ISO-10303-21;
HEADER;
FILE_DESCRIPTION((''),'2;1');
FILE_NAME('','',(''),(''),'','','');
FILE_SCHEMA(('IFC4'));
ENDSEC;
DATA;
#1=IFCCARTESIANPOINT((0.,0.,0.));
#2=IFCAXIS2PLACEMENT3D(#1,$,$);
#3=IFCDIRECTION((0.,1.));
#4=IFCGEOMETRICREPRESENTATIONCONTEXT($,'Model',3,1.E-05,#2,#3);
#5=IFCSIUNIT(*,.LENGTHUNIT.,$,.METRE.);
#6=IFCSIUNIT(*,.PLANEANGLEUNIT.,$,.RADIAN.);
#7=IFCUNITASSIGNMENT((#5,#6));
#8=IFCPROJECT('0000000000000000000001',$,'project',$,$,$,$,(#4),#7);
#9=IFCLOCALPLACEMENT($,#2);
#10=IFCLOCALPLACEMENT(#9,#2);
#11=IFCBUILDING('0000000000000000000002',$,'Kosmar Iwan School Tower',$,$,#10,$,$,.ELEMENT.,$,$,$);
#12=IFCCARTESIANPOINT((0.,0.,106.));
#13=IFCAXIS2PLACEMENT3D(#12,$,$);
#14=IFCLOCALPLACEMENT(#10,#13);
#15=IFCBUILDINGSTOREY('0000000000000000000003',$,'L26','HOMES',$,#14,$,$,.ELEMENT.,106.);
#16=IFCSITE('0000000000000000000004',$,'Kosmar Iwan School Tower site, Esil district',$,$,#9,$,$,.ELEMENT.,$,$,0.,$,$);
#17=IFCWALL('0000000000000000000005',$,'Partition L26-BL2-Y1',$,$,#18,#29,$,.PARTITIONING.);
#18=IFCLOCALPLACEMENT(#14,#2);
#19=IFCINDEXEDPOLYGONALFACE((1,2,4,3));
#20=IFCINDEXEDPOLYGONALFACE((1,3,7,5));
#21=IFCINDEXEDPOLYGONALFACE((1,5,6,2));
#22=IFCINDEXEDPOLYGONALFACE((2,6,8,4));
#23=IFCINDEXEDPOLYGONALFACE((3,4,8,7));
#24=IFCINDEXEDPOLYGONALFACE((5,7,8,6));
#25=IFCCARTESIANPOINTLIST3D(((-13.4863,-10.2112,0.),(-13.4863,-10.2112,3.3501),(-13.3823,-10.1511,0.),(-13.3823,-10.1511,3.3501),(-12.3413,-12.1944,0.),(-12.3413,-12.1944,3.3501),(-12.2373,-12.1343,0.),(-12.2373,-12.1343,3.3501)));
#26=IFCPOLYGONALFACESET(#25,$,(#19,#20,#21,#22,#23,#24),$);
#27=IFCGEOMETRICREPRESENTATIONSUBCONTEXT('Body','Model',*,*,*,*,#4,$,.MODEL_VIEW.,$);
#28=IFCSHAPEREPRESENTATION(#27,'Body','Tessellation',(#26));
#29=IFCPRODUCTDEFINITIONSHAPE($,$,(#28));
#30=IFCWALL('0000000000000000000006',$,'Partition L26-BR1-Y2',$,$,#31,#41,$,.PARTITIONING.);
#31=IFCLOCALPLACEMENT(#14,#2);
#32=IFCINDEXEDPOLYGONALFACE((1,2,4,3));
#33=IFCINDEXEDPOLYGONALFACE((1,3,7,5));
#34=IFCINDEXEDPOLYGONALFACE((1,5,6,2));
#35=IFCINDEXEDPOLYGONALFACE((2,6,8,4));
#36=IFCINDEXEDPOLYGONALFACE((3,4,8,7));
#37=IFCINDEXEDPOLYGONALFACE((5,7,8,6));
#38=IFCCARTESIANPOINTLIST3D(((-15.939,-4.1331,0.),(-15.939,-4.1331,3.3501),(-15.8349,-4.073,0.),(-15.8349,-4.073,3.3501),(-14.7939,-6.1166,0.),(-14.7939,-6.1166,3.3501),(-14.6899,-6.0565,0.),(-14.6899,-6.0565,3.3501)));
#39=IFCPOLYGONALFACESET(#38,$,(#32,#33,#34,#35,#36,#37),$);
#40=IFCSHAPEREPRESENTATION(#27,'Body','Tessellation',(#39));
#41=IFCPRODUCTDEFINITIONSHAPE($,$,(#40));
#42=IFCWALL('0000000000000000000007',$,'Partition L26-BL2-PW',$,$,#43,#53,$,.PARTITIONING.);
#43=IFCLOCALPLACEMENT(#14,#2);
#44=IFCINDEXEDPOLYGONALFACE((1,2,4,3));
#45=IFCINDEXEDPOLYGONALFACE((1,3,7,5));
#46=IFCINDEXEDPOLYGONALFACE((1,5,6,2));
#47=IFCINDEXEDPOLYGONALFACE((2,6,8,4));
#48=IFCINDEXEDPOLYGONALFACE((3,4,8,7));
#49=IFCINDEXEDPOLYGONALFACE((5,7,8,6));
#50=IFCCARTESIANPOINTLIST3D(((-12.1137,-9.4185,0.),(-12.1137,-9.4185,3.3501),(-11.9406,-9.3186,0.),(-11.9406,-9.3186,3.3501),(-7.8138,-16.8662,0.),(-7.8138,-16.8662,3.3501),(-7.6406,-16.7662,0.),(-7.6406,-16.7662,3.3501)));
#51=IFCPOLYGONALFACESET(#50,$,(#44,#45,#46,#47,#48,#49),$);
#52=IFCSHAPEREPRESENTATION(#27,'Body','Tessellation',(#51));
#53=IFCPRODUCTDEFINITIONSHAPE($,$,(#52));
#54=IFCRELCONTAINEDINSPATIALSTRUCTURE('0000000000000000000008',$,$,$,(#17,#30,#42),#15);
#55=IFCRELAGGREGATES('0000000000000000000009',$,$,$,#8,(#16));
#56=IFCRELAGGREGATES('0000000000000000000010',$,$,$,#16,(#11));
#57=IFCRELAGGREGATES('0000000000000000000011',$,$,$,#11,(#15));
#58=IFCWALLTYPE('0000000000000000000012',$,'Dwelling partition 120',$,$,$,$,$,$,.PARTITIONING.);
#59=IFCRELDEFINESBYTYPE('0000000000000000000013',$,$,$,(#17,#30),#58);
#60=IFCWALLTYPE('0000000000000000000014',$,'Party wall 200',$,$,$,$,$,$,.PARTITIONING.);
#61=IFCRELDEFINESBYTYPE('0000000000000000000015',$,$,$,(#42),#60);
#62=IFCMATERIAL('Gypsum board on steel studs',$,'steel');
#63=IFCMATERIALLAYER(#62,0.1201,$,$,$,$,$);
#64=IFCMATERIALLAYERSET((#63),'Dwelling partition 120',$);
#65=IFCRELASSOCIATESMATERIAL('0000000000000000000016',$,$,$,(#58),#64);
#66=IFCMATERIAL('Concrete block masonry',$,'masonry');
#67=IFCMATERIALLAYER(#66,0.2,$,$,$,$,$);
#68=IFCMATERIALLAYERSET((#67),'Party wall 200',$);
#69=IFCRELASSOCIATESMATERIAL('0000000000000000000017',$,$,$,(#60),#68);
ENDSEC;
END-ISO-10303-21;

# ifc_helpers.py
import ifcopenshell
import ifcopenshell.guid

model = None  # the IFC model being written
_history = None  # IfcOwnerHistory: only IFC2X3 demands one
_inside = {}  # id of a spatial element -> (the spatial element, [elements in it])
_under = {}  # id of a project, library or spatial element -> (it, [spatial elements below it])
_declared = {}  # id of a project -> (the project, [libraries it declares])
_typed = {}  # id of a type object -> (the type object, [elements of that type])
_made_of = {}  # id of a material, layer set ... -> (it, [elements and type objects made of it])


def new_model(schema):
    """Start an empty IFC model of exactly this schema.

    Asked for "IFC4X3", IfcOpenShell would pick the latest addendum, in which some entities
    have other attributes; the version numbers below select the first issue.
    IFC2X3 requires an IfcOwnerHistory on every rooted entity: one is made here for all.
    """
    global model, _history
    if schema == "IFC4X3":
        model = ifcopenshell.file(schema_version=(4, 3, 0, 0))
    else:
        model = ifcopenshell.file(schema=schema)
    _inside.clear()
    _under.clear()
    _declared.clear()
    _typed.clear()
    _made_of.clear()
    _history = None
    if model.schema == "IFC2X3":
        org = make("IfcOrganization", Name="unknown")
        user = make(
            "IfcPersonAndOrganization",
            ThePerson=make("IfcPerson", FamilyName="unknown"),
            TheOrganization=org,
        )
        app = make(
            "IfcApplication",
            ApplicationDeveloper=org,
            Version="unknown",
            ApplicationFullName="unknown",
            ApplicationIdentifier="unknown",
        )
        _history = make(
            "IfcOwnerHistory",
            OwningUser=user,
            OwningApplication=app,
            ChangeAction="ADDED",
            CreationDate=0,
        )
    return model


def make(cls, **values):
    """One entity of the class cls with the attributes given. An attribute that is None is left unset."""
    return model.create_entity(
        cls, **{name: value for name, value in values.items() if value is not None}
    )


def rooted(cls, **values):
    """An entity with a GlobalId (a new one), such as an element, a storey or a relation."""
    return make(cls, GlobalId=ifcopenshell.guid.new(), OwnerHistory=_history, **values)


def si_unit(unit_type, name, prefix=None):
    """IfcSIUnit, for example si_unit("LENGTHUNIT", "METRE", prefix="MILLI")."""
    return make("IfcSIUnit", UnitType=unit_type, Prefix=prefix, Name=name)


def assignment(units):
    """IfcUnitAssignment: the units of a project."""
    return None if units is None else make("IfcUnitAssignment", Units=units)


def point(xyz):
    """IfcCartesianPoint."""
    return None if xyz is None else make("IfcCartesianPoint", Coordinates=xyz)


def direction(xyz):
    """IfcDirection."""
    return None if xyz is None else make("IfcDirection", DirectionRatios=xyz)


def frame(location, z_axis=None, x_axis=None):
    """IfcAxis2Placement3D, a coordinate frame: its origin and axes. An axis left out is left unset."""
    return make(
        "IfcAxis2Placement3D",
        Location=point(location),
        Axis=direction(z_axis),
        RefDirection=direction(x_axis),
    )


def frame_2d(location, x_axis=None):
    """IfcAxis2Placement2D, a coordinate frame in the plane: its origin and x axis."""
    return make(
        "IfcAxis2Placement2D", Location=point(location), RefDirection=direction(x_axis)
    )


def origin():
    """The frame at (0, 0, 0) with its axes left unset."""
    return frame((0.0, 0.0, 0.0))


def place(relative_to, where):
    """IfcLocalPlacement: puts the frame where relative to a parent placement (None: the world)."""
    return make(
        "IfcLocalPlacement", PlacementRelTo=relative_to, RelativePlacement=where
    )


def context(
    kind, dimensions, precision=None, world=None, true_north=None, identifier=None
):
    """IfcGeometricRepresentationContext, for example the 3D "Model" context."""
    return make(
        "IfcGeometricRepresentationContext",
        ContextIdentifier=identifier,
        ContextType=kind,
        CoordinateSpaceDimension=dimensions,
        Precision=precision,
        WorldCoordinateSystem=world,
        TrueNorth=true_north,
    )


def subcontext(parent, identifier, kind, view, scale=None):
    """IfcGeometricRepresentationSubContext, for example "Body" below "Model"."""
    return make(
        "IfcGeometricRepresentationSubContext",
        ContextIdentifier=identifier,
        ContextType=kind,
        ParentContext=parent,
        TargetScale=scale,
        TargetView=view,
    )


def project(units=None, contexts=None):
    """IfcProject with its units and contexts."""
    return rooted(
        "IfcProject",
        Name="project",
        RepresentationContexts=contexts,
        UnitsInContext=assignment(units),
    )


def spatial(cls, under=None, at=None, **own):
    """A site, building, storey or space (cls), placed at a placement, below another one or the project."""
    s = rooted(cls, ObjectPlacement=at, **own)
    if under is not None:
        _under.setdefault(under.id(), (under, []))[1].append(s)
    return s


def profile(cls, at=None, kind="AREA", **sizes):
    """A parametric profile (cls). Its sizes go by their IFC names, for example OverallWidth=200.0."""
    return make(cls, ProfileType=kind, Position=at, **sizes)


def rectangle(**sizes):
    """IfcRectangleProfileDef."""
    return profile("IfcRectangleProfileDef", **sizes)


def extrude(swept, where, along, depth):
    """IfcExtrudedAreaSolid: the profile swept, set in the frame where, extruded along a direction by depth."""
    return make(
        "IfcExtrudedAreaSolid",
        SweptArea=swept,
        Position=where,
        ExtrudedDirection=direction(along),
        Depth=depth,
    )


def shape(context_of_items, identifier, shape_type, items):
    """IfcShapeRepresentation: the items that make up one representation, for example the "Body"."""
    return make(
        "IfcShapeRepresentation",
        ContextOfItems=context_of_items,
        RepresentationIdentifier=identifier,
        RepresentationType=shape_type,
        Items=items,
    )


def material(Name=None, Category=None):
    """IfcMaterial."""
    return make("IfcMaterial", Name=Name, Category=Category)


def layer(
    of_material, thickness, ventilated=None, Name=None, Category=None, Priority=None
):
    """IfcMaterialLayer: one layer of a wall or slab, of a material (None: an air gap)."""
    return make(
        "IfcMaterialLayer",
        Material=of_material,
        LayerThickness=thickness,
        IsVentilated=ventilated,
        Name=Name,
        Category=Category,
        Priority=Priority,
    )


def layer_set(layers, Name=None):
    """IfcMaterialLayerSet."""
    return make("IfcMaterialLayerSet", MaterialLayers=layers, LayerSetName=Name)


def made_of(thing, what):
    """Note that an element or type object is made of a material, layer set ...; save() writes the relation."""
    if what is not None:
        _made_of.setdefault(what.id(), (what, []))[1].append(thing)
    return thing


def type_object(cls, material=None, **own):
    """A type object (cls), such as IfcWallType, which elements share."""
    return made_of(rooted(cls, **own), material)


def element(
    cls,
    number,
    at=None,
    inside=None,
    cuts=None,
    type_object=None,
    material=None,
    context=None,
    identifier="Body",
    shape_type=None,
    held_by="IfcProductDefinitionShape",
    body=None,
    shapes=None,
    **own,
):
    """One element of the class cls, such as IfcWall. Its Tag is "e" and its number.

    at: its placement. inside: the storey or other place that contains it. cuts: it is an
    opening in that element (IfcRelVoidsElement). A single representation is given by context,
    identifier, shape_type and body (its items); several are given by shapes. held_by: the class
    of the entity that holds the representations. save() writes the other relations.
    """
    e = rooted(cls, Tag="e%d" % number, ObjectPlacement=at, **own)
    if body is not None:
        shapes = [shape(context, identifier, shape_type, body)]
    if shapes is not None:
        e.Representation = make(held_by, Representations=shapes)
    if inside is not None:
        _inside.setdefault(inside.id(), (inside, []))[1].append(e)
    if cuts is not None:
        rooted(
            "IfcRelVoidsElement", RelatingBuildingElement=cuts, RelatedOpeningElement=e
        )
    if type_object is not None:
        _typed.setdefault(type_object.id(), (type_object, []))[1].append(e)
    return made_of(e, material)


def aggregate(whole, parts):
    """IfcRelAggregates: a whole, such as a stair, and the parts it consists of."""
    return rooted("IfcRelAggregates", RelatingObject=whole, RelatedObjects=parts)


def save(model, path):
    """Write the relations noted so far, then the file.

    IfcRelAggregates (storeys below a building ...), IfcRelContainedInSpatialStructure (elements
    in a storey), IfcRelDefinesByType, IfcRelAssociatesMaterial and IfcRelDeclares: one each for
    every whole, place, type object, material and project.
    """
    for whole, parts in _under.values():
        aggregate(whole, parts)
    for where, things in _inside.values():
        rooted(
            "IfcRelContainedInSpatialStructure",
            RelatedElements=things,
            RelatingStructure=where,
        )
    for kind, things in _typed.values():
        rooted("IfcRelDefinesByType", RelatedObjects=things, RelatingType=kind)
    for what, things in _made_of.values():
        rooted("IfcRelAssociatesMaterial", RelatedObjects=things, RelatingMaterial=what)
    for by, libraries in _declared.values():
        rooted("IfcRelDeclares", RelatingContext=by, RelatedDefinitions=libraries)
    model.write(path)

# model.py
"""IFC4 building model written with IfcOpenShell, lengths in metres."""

from ifc_helpers import new_model, si_unit, direction, frame, frame_2d, origin, place, context, subcontext, project, spatial, rectangle, extrude, material, layer, layer_set, type_object, element, save


model = new_model("IFC4")

# Units and contexts
model_context = context("Model", 3, precision=1e-05, world=origin(), true_north=direction((0.0, 1.0)))
body_context = subcontext(model_context, "Body", "Model", "MODEL_VIEW")
ifc_project = project(units=[si_unit("LENGTHUNIT", "METRE"), si_unit("PLANEANGLEUNIT", "RADIAN")], contexts=[model_context])

# Site, building, storey
site_placement = place(None, origin())
site = spatial("IfcSite", under=ifc_project, at=site_placement, Name="Kosmar Iwan School Tower site, Esil district", CompositionType="ELEMENT", RefElevation=0.0)
building_placement = place(site_placement, origin())
building = spatial("IfcBuilding", under=site, at=building_placement, Name="Kosmar Iwan School Tower", CompositionType="ELEMENT")
storey_placement = place(building_placement, frame((0.0, 0.0, 106.0)))
storey = spatial("IfcBuildingStorey", under=building, at=storey_placement, Name="L26", Description="HOMES", CompositionType="ELEMENT", Elevation=106.0)

# Shared definitions
ifc_material_1 = material(Name="Gypsum board on steel studs", Category="steel")
ifc_layer_1 = layer(ifc_material_1, 0.1201)
ifc_layer_set_1 = layer_set([ifc_layer_1], Name="Dwelling partition 120")
wall_type_1 = type_object("IfcWallType", Name="Dwelling partition 120", PredefinedType="PARTITIONING", material=ifc_layer_set_1)

# Walls
wall_1_placement = place(storey_placement, frame((-13.4343, -10.1812, 0.0), z_axis=(0.0, 0.0, 1.0), x_axis=(0.500015, -0.866017, 0.0)))
element("IfcWall", 1, at=wall_1_placement, inside=storey, type_object=wall_type_1, Name="Partition L26-BL2-Y1", PredefinedType="PARTITIONING", context=body_context, shape_type="SweptSolid", body=[
    extrude(rectangle(XDim=2.29, YDim=0.1201, at=frame_2d((1.145, 0.0))), origin(), (0.0, 0.0, 1.0), 3.3501),
])
wall_2_placement = place(storey_placement, frame((-14.7419, -6.0864, 0.0), z_axis=(0.0, 0.0, 1.0), x_axis=(-0.499969, 0.866044, 0.0)))
element("IfcWall", 2, at=wall_2_placement, inside=storey, type_object=wall_type_1, Name="Partition L26-BR1-Y2", PredefinedType="PARTITIONING", context=body_context, shape_type="SweptSolid", body=[
    extrude(rectangle(XDim=2.2903, YDim=0.1201, at=frame_2d((1.145, 0.0))), origin(), (0.0, 0.0, 1.0), 3.3501),
])
ifc_material_2 = material(Name="Concrete block masonry", Category="masonry")
ifc_layer_2 = layer(ifc_material_2, 0.2)
ifc_layer_set_2 = layer_set([ifc_layer_2], Name="Party wall 200")
wall_type_2 = type_object("IfcWallType", Name="Party wall 200", PredefinedType="PARTITIONING", material=ifc_layer_set_2)
wall_3_placement = place(storey_placement, frame((-12.0271, -9.3687, 0.0), z_axis=(0.0, 0.0, 1.0), x_axis=(0.500008, -0.866021, 0.0)))
element("IfcWall", 3, at=wall_3_placement, inside=storey, type_object=wall_type_2, Name="Partition L26-BL2-PW", PredefinedType="PARTITIONING", context=body_context, shape_type="SweptSolid", body=[
    extrude(rectangle(XDim=8.5999, YDim=0.2, at=frame_2d((4.2998, 0.0))), origin(), (0.0, 0.0, 1.0), 3.3501),
])

save(model, "model.ifc")
